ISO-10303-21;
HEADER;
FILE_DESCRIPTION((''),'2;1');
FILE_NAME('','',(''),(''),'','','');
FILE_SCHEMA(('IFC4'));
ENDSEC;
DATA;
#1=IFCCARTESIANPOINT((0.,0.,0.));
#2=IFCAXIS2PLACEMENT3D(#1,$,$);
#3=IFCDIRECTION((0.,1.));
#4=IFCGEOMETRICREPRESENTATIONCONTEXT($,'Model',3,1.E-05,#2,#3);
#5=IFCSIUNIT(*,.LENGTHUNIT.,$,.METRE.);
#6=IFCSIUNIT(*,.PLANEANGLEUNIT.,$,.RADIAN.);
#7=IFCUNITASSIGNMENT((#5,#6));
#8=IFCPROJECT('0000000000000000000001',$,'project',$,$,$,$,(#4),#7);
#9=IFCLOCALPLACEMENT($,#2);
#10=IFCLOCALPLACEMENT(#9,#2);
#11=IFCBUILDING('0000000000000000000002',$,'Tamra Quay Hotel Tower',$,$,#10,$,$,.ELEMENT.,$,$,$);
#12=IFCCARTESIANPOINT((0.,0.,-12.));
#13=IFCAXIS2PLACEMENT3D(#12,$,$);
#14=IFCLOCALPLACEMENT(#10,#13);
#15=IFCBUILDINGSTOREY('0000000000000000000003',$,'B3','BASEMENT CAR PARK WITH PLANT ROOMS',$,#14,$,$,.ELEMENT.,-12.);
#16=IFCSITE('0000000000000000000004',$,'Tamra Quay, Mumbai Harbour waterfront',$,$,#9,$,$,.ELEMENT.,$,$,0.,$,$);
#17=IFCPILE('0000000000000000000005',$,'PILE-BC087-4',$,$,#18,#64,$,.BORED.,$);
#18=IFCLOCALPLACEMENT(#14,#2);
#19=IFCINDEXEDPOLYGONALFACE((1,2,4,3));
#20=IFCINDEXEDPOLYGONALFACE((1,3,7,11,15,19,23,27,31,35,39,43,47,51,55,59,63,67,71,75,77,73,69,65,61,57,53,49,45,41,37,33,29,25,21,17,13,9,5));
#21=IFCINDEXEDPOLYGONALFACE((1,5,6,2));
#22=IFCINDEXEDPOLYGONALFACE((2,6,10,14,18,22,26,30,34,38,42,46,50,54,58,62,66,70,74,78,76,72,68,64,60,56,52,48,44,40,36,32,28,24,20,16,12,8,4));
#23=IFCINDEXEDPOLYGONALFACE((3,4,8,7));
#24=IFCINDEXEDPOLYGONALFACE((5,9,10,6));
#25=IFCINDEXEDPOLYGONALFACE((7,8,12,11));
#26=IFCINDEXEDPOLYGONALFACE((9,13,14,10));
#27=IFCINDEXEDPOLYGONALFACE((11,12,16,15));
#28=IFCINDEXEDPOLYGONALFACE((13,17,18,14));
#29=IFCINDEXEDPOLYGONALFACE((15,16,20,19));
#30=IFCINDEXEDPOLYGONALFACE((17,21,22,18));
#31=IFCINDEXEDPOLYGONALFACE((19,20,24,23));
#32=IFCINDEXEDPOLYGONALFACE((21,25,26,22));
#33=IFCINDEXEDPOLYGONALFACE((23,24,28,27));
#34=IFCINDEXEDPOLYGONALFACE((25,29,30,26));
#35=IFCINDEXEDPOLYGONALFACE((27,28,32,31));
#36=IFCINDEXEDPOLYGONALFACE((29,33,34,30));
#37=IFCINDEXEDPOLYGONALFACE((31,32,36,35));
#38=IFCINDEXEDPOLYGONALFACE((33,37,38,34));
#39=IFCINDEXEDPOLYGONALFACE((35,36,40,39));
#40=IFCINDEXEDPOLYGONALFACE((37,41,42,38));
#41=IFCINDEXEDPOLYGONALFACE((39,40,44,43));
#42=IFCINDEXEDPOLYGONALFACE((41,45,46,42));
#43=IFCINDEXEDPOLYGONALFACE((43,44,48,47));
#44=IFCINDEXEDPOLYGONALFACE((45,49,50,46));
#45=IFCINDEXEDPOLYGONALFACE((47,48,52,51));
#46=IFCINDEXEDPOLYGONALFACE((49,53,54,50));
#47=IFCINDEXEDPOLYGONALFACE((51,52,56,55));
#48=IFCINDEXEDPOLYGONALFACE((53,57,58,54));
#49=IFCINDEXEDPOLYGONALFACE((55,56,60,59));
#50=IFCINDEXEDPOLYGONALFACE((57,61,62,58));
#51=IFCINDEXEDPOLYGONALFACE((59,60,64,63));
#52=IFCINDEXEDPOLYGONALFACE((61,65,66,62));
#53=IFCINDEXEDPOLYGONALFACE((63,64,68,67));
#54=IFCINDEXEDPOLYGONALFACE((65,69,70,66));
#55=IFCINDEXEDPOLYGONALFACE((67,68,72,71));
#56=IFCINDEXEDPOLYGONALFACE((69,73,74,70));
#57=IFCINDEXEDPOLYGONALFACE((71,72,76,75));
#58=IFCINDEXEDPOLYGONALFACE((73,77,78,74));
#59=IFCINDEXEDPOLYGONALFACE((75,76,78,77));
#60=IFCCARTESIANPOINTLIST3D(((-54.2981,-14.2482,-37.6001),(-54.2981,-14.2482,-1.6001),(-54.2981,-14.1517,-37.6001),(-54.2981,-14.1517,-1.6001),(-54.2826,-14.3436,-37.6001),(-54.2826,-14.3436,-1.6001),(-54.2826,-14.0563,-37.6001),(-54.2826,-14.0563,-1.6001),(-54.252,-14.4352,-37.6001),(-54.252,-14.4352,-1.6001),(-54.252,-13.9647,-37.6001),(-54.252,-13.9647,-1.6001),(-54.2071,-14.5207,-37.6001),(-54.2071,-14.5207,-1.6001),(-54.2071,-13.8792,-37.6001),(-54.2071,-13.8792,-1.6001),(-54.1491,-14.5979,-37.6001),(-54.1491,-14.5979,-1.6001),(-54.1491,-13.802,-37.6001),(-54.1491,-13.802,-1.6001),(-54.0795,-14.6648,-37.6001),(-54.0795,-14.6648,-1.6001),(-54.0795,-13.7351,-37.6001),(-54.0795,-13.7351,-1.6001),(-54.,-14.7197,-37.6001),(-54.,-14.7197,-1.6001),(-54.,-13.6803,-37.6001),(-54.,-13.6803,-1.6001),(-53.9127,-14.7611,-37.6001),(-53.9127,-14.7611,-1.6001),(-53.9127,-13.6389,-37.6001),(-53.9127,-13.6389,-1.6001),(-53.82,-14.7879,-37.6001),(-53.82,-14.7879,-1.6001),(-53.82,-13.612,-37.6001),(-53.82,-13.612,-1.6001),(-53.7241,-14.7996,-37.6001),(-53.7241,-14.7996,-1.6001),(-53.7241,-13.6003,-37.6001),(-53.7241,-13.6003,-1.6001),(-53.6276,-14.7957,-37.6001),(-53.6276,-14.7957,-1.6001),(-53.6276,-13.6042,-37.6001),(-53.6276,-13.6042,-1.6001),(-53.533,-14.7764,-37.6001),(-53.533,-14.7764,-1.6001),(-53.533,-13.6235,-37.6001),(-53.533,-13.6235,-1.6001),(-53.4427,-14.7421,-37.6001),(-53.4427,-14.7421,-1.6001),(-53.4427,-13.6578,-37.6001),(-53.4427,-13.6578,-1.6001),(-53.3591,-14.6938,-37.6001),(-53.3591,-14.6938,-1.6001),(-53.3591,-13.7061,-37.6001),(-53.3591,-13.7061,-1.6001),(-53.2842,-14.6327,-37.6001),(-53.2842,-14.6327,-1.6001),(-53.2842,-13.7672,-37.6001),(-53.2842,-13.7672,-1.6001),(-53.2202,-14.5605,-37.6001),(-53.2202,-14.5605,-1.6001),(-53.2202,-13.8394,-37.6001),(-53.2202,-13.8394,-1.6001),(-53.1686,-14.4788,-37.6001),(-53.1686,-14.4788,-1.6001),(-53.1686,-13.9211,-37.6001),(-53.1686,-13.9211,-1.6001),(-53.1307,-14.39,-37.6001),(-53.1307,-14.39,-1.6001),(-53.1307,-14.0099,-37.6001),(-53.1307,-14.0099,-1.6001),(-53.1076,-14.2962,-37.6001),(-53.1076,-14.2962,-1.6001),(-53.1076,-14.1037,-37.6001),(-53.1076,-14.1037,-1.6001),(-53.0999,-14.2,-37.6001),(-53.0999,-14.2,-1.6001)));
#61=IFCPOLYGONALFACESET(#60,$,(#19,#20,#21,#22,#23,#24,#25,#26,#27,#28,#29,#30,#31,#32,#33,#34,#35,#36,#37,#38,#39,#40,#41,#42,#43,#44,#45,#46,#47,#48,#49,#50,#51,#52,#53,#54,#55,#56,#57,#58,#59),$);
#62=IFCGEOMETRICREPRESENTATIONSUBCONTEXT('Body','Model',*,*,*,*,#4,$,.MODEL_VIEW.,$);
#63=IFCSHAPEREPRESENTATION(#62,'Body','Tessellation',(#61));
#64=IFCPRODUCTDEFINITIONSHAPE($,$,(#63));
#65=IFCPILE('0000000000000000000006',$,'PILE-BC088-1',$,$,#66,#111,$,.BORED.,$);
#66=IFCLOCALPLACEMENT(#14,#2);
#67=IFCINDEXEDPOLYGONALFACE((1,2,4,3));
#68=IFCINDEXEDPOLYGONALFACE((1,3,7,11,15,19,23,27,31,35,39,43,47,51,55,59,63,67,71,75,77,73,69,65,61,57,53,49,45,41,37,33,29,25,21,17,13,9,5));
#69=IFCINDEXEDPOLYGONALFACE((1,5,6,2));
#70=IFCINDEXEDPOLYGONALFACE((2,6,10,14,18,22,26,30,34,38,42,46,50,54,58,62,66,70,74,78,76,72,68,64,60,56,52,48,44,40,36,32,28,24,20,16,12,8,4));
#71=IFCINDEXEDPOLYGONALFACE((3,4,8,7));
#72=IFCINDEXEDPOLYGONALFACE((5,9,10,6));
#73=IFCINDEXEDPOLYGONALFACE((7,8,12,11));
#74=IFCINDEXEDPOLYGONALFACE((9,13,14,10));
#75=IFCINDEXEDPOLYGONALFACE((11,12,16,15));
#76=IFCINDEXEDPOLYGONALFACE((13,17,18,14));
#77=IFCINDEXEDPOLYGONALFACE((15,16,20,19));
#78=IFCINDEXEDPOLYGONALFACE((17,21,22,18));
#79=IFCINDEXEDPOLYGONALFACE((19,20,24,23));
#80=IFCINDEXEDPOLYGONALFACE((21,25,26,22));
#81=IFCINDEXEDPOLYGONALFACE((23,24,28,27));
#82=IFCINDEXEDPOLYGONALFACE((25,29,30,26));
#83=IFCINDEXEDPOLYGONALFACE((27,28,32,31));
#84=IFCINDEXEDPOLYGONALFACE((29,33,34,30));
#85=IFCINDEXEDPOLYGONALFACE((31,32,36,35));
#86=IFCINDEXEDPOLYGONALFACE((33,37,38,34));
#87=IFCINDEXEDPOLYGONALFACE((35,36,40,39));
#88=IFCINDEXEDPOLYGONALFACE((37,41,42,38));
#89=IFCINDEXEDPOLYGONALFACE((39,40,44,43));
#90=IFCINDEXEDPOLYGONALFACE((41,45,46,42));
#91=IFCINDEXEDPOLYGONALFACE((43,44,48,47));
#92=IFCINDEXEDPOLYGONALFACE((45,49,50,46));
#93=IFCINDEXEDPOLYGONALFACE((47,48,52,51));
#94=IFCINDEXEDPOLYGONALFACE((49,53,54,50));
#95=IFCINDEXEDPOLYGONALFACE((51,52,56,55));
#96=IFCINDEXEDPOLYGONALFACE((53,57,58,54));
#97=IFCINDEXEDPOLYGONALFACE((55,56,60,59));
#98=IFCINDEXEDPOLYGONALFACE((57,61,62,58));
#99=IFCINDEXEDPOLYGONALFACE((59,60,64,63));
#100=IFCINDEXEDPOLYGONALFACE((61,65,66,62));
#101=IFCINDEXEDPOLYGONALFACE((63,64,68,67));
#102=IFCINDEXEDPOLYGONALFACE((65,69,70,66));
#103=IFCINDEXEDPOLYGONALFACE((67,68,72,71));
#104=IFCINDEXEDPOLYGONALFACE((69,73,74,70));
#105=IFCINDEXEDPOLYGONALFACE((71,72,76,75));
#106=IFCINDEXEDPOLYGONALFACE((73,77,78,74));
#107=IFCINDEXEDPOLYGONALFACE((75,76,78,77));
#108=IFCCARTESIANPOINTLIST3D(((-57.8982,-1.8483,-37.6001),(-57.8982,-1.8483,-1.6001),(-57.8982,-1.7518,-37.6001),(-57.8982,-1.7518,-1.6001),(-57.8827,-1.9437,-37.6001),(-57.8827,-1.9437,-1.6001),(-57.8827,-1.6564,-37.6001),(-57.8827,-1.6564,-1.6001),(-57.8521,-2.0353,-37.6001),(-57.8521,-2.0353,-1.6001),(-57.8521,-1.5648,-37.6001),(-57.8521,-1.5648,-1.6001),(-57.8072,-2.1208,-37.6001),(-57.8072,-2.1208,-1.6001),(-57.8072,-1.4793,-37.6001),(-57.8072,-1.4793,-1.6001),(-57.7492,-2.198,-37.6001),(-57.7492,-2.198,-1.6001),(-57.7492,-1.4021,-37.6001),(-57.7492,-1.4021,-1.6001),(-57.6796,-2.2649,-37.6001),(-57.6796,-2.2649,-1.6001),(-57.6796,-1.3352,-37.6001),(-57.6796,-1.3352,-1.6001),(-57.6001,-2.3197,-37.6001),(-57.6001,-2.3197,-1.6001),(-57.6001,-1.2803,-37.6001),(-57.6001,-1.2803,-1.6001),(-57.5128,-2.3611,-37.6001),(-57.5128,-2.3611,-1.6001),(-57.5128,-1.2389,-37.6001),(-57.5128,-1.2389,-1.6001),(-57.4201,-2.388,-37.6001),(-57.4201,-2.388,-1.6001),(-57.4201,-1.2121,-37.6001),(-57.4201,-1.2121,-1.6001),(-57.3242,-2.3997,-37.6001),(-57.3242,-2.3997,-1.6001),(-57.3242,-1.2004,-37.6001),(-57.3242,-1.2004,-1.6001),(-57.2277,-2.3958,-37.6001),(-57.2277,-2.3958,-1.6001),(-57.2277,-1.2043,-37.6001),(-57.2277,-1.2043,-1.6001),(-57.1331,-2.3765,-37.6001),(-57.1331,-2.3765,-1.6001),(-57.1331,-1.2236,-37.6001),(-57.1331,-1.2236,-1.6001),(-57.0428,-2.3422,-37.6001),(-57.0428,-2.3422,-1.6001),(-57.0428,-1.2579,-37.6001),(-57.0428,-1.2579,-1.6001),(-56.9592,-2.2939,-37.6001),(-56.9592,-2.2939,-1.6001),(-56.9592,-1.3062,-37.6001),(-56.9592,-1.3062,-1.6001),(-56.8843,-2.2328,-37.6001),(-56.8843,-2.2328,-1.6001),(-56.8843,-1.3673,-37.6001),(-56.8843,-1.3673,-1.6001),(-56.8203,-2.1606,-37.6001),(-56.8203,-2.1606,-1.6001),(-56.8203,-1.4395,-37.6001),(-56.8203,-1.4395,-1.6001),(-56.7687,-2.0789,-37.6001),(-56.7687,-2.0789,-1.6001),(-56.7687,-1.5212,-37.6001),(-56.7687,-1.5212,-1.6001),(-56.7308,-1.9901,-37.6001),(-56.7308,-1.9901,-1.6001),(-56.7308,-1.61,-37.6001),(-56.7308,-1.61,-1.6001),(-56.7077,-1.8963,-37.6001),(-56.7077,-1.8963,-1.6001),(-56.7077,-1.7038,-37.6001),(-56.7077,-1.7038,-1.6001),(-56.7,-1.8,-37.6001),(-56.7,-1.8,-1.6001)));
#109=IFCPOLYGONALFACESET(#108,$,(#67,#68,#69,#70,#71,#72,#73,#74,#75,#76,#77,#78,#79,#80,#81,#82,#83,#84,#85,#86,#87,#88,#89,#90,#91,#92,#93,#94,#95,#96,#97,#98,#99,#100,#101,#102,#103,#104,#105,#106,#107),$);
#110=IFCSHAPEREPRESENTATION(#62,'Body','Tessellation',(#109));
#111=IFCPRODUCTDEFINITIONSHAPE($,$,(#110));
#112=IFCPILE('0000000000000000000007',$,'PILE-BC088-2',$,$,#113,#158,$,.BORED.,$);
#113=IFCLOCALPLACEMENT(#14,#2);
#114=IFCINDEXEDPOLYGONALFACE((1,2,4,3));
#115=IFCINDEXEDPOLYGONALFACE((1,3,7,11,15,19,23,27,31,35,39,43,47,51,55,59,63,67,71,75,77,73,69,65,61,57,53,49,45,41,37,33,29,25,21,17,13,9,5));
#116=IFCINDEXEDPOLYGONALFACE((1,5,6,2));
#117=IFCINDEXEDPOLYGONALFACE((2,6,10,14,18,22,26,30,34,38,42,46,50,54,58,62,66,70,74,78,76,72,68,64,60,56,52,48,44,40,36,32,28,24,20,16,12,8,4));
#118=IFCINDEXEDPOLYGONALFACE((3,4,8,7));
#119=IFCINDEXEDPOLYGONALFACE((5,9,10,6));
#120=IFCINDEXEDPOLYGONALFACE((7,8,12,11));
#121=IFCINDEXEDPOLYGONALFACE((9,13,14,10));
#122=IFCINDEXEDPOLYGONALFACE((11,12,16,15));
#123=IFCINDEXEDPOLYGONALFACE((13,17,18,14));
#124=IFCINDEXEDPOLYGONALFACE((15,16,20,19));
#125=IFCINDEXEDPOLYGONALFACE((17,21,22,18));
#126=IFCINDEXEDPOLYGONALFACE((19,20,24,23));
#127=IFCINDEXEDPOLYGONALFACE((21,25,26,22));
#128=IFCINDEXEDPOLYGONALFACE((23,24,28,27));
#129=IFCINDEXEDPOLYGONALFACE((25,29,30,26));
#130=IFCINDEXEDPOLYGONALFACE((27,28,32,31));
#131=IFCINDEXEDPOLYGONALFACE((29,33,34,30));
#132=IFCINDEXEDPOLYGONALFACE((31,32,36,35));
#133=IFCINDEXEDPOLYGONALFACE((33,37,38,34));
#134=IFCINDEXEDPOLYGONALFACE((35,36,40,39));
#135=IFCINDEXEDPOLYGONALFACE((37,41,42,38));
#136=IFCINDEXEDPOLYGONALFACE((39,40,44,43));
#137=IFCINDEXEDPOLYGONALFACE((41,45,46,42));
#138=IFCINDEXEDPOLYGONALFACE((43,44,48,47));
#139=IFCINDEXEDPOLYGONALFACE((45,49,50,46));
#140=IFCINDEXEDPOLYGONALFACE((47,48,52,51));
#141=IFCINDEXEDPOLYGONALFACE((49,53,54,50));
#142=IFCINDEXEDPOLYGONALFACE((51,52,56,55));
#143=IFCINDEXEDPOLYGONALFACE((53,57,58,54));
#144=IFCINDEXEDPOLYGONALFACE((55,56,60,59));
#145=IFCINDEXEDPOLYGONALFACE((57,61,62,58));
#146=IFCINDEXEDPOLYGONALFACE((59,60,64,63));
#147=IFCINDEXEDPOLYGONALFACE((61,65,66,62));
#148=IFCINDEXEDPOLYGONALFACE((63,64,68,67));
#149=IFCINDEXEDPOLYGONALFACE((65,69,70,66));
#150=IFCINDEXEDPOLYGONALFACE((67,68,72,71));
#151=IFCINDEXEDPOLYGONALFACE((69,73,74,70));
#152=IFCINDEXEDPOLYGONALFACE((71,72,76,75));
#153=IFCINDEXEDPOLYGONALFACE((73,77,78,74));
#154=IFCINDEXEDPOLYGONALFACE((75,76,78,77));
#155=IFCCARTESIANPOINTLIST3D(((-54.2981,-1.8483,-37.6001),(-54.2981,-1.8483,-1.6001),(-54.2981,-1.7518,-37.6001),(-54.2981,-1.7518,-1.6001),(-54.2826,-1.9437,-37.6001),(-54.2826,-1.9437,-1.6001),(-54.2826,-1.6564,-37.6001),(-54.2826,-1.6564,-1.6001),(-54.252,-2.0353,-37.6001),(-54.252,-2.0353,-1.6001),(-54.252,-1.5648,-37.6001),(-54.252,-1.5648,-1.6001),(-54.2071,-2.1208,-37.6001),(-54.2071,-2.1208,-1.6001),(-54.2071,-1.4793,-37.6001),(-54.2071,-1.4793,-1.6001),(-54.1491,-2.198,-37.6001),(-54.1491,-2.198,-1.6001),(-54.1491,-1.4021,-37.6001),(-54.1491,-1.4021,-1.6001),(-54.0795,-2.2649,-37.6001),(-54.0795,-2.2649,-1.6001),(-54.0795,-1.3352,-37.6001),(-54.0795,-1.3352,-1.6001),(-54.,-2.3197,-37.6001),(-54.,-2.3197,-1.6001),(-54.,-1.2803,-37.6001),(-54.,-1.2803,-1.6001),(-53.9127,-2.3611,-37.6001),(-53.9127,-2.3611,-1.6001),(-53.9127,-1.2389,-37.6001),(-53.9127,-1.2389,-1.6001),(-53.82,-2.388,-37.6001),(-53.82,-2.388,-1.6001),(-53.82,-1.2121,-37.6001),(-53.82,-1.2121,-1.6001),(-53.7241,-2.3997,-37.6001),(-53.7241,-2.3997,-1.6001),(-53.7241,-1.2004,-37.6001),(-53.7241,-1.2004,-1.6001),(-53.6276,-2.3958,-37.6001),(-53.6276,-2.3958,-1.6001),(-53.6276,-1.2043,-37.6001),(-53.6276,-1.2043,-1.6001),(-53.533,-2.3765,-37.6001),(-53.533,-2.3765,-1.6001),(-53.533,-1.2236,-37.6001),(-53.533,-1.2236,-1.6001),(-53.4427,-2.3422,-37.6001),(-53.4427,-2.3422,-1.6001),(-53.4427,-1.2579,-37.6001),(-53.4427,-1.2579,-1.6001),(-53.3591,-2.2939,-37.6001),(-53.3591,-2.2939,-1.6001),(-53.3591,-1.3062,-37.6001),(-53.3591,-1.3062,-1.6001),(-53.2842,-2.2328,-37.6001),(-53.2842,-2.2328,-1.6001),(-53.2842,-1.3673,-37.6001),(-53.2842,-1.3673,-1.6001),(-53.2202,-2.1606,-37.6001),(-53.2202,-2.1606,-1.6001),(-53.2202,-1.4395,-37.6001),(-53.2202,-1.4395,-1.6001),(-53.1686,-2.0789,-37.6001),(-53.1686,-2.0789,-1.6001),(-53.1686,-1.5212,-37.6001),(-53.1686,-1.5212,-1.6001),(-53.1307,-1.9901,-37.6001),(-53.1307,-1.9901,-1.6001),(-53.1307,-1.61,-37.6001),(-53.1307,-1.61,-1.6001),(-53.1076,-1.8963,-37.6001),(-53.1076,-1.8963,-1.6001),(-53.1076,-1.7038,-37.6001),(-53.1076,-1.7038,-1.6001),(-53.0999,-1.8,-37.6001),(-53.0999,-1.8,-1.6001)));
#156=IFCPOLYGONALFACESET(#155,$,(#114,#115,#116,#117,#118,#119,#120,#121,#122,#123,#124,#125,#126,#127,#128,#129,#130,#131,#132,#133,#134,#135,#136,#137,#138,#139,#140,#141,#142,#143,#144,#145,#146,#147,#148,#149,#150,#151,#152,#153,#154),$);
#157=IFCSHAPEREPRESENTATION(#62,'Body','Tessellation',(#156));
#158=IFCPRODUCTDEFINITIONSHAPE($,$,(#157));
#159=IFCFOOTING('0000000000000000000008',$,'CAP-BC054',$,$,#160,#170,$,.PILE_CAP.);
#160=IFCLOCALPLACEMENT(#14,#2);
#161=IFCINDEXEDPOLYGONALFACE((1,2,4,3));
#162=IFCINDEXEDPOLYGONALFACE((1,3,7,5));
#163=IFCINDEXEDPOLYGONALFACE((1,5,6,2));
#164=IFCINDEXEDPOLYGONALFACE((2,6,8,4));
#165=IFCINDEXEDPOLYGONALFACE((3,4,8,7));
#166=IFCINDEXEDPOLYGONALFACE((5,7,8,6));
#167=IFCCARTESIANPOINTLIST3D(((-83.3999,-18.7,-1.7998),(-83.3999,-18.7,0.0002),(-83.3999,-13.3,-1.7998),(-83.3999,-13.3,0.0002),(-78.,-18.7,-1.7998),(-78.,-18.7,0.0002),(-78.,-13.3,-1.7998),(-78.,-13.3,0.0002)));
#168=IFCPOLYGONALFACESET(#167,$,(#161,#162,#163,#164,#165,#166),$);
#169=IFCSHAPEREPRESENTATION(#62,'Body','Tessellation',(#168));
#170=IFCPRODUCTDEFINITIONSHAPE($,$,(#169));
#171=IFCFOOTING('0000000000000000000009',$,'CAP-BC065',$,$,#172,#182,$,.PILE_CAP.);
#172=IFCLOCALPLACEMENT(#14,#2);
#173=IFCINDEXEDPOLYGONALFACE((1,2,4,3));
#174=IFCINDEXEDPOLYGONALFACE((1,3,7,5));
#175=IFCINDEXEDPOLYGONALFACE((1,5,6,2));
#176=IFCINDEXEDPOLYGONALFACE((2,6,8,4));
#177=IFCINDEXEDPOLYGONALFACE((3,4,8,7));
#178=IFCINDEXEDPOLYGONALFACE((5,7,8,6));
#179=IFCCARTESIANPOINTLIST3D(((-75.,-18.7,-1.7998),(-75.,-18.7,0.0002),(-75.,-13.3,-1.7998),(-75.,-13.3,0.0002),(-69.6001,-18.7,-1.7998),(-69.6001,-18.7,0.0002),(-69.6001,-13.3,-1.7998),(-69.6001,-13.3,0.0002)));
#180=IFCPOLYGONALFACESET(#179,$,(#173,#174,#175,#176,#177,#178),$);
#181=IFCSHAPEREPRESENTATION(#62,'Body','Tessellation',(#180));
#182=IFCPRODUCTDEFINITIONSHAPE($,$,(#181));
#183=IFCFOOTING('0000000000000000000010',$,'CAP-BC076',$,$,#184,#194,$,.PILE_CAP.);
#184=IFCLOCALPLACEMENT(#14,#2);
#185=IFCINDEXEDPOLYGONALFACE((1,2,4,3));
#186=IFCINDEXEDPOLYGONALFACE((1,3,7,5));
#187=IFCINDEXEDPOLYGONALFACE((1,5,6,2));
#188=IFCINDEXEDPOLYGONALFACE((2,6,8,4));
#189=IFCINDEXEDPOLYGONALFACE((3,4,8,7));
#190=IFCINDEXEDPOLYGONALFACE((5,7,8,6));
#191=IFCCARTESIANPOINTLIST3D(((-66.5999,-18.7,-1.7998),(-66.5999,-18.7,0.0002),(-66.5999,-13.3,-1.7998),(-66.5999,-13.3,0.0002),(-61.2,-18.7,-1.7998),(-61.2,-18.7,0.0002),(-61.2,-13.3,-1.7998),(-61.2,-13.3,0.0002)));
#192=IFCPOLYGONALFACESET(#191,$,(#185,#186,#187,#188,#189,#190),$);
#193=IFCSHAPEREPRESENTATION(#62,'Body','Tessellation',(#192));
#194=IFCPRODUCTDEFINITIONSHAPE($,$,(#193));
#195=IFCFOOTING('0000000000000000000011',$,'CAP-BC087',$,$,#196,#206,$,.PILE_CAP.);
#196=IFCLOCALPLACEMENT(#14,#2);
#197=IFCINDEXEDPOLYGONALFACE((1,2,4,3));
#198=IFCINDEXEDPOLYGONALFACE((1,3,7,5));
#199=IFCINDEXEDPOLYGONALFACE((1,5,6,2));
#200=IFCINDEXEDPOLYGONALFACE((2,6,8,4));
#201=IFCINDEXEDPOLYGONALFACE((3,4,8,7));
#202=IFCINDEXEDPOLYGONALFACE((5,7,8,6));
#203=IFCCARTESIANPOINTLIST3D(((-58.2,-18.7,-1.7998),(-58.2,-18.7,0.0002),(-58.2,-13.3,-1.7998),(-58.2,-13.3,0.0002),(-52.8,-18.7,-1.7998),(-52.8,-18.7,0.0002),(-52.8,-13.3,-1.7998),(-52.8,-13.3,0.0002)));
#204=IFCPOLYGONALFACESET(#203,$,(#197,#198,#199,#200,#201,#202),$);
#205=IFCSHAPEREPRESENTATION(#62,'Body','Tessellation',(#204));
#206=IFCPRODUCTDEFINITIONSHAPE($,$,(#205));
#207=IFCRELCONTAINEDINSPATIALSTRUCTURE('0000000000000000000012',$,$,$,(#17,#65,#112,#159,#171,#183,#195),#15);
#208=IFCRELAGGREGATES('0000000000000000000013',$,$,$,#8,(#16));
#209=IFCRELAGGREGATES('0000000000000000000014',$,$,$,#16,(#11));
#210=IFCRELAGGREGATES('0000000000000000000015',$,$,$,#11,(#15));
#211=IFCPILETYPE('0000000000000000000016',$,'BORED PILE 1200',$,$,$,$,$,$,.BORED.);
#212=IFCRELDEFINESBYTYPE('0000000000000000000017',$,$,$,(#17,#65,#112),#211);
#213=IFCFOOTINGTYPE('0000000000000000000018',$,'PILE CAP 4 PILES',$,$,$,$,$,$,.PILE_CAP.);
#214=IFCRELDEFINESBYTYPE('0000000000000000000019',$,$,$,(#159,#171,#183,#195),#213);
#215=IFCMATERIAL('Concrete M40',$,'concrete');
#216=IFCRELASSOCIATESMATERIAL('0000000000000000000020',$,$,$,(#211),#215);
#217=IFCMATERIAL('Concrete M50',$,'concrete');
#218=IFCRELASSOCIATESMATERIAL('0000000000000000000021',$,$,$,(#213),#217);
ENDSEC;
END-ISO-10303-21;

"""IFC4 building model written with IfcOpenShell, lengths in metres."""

from ifc_helpers import new_model, si_unit, direction, frame, origin, origin_2d, place, context, subcontext, project, spatial, rectangle, circle, extrude, material, material_profile, profile_set, type_object, element, save


model = new_model("IFC4")

# Units and contexts
model_context = context("Model", 3, precision=1e-05, world=origin(), true_north=direction((0.0, 1.0)))
body_context = subcontext(model_context, "Body", "Model", "MODEL_VIEW")
ifc_project = project(units=[si_unit("LENGTHUNIT", "METRE"), si_unit("PLANEANGLEUNIT", "RADIAN")], contexts=[model_context])

# Site, building, storey
site_placement = place(None, origin())
site = spatial("IfcSite", under=ifc_project, at=site_placement, Name="Tamra Quay, Mumbai Harbour waterfront", CompositionType="ELEMENT", RefElevation=0.0)
building_placement = place(site_placement, origin())
building = spatial("IfcBuilding", under=site, at=building_placement, Name="Tamra Quay Hotel Tower", CompositionType="ELEMENT")
storey_placement = place(building_placement, frame((0.0, 0.0, -12.0)))
storey = spatial("IfcBuildingStorey", under=building, at=storey_placement, Name="B3", Description="BASEMENT CAR PARK WITH PLANT ROOMS", CompositionType="ELEMENT", Elevation=-12.0)

# Piles
ifc_material_1 = material(Name="Concrete M40", Category="concrete")
ifc_material_profile_1 = material_profile(ifc_material_1, circle(Radius=0.6001, at=origin_2d()), Name="BORED PILE 1200")
ifc_profile_set_1 = profile_set([ifc_material_profile_1], Name="Concrete M40")
pile_type = type_object("IfcPileType", Name="BORED PILE 1200", PredefinedType="BORED", material=ifc_profile_set_1)
for number, where, z_axis, x_axis, name in (
    (1, (-53.7, -14.2, -1.6001), (0.0, 0.0, -1.0), (1.0, 0.0, 0.0), "PILE-BC087-4"),
    (2, (-57.3, -1.8, -1.6001), (0.0, 0.0, -1.0), (1.0, 0.0, 0.0), "PILE-BC088-1"),
    (3, (-53.7, -1.8, -1.6001), (0.0, 0.0, -1.0), (1.0, 0.0, 0.0), "PILE-BC088-2"),
):
    element("IfcPile", number, at=place(storey_placement, frame(where, z_axis=z_axis, x_axis=x_axis)), inside=storey, type_object=pile_type, Name=name, PredefinedType="BORED", context=body_context, shape_type="SweptSolid", body=[
        extrude(circle(Radius=0.6001, at=origin_2d()), origin(), (0.0, 0.0, 1.0), 36.0),
    ])

# Footings
ifc_material_2 = material(Name="Concrete M50", Category="concrete")
footing_type = type_object("IfcFootingType", Name="PILE CAP 4 PILES", PredefinedType="PILE_CAP", material=ifc_material_2)
for number, where, z_axis, x_axis, name in (
    (4, (-80.7, -16.0, -1.7998), (0.0, 0.0, 1.0), (1.0, 0.0, 0.0), "CAP-BC054"),
    (5, (-72.3, -16.0, -1.7998), (0.0, 0.0, 1.0), (1.0, 0.0, 0.0), "CAP-BC065"),
    (6, (-63.8999, -16.0, -1.7998), (0.0, 0.0, 1.0), (1.0, 0.0, 0.0), "CAP-BC076"),
    (7, (-55.5, -16.0, -1.7998), (0.0, 0.0, 1.0), (1.0, 0.0, 0.0), "CAP-BC087"),
):
    element("IfcFooting", number, at=place(storey_placement, frame(where, z_axis=z_axis, x_axis=x_axis)), inside=storey, type_object=footing_type, Name=name, PredefinedType="PILE_CAP", context=body_context, shape_type="SweptSolid", body=[
        extrude(rectangle(XDim=5.3999, YDim=5.3999, at=origin_2d()), origin(), (0.0, 0.0, 1.0), 1.8),
    ])

save(model, "model.ifc")
